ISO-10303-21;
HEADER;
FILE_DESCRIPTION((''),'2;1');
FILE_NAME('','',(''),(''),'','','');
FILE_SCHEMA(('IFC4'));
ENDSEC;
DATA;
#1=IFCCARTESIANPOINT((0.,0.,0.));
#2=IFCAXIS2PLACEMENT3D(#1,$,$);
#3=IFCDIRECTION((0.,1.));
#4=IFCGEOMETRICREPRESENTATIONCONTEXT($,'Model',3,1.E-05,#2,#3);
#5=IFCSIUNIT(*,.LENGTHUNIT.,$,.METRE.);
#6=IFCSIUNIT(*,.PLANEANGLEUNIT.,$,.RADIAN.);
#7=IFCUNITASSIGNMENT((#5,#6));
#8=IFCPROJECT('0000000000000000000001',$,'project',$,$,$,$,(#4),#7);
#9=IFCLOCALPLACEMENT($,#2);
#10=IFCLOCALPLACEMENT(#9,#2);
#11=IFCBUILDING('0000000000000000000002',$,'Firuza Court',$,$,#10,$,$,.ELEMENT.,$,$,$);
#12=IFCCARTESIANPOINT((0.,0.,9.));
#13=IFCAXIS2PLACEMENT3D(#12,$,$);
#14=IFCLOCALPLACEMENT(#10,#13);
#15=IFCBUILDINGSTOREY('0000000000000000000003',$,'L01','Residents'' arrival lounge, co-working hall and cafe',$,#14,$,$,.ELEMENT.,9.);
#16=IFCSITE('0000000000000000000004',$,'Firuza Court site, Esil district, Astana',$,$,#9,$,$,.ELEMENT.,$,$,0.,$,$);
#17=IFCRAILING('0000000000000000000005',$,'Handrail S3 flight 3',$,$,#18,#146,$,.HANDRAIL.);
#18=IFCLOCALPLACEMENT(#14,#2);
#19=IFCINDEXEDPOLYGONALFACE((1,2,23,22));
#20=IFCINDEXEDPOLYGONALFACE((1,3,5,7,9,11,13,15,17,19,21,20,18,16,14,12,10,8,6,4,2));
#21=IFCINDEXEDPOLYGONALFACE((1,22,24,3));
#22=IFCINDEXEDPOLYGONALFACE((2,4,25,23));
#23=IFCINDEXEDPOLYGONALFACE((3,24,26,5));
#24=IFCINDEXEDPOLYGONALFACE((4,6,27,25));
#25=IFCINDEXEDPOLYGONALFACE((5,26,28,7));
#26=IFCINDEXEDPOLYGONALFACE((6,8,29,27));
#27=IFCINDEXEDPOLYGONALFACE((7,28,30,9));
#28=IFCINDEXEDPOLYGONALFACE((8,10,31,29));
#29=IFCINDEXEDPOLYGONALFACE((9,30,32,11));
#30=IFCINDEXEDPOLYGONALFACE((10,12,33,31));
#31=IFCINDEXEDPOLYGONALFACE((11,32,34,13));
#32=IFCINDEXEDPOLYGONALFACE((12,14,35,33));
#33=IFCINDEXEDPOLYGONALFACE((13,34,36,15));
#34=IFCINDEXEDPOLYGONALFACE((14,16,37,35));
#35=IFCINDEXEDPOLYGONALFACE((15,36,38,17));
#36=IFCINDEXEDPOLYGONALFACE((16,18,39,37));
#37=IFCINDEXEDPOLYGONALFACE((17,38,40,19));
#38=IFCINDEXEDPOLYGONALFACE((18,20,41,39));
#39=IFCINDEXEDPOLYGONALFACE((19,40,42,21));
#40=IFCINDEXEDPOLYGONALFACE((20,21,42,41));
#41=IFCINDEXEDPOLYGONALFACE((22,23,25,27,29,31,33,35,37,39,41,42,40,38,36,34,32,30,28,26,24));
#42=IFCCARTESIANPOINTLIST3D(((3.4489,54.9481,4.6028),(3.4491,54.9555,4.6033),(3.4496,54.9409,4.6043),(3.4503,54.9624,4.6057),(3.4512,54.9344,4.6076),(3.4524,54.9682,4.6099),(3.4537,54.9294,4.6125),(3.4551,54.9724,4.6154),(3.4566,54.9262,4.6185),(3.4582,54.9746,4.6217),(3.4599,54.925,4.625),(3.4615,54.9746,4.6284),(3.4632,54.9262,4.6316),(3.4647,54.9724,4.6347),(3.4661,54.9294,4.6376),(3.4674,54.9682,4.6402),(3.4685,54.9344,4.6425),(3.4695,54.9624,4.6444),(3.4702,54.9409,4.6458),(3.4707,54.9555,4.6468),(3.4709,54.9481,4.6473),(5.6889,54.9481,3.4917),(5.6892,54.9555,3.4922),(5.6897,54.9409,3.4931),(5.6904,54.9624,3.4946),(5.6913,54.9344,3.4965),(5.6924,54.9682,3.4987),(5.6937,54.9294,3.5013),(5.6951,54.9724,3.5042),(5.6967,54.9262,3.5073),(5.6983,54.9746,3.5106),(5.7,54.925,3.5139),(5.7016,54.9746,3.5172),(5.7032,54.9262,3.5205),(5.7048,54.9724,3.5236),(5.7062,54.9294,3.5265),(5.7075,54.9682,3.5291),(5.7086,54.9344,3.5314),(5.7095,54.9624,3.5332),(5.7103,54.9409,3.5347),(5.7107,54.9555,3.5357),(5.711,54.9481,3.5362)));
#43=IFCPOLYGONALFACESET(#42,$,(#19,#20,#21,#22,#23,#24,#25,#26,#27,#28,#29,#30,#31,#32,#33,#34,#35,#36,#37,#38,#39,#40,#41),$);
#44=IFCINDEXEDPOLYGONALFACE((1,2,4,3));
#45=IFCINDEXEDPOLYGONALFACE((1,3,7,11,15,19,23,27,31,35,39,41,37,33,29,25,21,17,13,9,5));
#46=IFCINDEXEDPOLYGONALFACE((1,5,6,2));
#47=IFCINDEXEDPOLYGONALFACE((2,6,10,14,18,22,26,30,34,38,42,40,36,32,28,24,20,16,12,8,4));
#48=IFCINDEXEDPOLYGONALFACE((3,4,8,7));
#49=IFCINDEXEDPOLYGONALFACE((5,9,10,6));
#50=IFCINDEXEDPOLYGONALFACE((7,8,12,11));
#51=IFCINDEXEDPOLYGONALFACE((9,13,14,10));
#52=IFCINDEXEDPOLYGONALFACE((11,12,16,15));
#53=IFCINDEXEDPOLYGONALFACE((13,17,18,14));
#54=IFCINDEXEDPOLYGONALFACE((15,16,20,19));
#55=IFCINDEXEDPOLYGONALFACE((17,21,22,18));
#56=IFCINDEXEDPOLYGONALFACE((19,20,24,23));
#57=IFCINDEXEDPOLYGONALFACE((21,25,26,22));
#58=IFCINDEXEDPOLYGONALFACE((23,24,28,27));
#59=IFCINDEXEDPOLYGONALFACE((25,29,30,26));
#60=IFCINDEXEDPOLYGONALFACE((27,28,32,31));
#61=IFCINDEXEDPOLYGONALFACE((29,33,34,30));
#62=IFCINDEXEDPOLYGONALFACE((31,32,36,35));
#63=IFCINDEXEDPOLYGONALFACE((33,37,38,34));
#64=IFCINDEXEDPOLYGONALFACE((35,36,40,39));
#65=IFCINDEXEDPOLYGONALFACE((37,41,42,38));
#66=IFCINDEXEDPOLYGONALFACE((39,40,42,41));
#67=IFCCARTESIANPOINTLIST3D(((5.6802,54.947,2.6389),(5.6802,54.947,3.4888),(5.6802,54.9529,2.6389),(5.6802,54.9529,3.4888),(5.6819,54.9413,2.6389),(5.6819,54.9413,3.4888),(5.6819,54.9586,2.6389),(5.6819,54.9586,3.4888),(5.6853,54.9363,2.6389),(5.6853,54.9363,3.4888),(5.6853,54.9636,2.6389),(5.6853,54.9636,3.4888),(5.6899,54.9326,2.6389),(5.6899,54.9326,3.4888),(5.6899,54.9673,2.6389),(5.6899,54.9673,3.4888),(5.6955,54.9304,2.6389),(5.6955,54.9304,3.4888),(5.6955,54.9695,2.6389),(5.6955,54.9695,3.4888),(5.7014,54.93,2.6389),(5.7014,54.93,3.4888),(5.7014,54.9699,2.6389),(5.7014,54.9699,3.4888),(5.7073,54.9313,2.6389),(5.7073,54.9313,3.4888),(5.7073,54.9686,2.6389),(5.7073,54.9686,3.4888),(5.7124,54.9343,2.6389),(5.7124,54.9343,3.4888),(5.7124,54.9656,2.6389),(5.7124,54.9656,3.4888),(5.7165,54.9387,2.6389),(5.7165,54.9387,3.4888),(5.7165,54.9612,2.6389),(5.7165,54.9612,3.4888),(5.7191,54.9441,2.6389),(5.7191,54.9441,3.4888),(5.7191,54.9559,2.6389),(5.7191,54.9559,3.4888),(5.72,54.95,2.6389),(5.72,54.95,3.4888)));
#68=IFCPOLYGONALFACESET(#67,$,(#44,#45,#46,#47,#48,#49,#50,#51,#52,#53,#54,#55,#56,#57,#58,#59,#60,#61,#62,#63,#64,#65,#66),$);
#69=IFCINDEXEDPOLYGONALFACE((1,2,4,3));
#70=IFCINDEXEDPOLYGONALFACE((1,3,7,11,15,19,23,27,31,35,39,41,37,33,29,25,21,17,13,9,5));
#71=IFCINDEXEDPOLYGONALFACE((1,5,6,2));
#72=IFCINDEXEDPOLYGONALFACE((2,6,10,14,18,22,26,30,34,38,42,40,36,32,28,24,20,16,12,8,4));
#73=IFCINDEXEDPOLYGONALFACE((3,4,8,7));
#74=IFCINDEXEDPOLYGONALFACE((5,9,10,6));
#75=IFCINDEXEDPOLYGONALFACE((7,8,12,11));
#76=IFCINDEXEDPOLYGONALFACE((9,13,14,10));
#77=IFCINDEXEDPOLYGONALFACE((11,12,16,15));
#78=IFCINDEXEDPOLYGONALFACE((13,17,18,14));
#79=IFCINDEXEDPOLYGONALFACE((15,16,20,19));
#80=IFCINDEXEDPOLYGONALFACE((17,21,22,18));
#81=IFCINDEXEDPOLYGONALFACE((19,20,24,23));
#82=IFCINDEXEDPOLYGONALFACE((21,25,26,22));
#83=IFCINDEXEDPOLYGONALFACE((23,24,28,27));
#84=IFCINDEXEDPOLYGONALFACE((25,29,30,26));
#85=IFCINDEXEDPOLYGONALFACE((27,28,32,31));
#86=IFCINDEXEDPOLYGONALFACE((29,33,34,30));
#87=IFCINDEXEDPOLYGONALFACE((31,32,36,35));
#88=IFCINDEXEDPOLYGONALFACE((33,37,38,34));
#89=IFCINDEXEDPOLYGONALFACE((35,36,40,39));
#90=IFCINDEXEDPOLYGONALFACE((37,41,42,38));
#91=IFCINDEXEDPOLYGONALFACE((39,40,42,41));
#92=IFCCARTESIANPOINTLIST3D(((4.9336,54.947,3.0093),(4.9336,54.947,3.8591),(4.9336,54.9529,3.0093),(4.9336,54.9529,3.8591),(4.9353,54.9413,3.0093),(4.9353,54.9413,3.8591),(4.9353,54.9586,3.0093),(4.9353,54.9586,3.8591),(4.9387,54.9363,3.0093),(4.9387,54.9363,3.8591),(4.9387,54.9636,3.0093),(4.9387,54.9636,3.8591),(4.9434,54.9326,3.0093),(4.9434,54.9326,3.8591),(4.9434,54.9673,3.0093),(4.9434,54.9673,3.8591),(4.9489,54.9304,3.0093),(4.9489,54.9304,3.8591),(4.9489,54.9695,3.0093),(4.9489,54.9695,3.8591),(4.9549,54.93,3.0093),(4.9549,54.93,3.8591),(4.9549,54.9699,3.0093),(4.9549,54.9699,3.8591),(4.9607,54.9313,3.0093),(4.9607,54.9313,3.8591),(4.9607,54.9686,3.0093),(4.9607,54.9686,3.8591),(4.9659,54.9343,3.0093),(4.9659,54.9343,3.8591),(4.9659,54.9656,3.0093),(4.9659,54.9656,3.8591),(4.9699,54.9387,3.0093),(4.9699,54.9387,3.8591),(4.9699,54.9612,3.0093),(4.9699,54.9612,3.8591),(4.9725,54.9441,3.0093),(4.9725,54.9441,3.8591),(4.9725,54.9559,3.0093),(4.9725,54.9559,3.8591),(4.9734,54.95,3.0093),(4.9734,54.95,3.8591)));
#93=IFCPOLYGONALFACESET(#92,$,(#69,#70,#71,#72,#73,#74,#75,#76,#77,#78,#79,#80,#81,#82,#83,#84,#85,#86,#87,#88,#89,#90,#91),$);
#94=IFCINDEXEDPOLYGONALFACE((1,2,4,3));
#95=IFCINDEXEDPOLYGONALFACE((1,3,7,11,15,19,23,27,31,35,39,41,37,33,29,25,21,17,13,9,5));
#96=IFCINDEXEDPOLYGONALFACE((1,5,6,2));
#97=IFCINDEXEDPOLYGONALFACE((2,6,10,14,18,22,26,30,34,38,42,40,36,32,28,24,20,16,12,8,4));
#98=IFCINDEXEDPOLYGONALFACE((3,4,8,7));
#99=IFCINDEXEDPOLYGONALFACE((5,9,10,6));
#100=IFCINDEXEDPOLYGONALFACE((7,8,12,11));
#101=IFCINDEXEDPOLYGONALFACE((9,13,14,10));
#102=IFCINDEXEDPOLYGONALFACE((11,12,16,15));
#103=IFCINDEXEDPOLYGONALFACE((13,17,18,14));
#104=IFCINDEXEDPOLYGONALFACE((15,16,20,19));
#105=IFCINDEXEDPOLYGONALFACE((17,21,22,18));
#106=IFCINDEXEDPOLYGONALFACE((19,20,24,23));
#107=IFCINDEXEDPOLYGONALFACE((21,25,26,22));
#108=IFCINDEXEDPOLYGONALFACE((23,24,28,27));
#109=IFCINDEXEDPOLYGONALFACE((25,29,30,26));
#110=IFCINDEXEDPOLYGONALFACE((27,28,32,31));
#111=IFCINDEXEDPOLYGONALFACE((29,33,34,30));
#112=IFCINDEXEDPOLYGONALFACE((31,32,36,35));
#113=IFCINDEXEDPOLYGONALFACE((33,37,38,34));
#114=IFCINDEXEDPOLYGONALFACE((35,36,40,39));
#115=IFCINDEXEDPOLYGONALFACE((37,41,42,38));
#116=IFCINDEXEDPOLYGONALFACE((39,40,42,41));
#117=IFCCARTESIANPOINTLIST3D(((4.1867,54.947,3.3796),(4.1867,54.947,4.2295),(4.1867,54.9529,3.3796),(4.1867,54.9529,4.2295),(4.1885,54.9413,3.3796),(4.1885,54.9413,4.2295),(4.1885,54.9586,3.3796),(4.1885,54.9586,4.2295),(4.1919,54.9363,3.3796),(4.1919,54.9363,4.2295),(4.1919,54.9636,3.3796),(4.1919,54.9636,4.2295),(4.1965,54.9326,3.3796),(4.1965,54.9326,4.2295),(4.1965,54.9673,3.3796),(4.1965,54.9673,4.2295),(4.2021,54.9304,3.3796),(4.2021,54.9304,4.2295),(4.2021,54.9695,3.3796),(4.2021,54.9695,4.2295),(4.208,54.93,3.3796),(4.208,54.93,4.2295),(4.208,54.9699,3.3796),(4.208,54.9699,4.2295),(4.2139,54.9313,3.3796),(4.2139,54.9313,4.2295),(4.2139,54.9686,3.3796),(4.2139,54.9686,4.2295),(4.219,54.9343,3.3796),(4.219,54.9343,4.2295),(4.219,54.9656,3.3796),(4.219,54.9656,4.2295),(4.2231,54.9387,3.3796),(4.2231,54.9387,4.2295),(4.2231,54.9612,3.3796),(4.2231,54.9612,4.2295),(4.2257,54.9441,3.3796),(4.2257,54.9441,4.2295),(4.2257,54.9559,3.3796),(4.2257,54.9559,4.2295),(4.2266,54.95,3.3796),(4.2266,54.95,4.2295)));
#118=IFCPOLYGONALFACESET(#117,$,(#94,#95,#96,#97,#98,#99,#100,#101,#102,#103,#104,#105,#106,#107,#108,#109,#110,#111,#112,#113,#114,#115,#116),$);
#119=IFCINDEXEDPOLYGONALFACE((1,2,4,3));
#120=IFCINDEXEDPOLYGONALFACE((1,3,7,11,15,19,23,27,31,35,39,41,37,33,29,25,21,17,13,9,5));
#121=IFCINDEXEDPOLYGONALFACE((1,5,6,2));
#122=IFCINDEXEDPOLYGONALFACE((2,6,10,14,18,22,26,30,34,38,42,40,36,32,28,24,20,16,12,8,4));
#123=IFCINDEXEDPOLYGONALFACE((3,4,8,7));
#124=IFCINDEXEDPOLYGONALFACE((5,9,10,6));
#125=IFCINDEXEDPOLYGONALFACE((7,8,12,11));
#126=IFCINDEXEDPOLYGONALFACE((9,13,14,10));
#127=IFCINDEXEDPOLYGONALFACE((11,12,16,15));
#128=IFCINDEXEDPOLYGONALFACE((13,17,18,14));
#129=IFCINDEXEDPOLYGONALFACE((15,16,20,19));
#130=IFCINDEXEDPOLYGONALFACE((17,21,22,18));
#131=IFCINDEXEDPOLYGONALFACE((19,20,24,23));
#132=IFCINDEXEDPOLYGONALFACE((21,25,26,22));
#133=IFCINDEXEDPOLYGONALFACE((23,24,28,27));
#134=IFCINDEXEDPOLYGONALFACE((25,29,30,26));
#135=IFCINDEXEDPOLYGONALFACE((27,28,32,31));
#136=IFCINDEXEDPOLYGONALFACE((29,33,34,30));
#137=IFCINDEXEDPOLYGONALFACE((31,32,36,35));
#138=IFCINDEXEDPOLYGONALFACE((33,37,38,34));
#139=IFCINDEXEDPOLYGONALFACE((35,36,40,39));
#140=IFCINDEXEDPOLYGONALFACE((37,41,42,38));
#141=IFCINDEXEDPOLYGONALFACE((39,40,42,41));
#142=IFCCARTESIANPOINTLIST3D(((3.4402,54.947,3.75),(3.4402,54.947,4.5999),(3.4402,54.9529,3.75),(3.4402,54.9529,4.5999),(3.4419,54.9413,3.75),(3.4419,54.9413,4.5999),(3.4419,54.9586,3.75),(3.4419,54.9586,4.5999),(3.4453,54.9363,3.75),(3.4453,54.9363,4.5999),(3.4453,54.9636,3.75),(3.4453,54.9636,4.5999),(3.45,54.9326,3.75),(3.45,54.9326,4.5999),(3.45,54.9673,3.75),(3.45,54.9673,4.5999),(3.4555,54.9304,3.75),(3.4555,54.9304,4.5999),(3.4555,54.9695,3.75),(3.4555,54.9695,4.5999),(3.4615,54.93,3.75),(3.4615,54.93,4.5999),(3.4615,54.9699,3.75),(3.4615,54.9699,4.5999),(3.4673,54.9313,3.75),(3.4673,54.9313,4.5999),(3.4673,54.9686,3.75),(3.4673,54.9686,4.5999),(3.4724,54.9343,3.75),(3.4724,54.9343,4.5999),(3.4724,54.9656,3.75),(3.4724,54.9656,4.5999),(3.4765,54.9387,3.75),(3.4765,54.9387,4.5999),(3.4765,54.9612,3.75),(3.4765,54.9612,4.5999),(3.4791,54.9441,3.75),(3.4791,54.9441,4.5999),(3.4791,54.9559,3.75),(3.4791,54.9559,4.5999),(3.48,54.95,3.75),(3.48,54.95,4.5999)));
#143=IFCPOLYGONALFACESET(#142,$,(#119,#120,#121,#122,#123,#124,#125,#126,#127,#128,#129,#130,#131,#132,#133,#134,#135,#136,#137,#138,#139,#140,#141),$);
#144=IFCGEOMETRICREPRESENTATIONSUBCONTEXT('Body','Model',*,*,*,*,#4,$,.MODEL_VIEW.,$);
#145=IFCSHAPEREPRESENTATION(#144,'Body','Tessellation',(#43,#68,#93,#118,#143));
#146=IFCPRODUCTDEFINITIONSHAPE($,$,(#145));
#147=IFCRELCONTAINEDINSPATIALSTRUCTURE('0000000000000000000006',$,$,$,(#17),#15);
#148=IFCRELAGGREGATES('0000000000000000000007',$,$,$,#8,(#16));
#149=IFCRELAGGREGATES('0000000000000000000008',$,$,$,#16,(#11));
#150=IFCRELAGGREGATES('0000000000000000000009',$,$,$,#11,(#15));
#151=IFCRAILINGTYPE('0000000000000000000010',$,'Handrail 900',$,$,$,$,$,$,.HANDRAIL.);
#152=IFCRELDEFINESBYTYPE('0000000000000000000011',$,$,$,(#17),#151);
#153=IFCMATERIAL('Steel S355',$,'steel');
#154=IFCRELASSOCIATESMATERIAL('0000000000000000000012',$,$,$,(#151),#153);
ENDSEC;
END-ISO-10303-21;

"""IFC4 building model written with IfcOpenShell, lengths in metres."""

from ifc_helpers import new_model, si_unit, direction, frame, origin, origin_2d, place, context, subcontext, project, spatial, circle, extrude, material, type_object, element, save


model = new_model("IFC4")

# Units and contexts
model_context = context("Model", 3, precision=1e-05, world=origin(), true_north=direction((0.0, 1.0)))
body_context = subcontext(model_context, "Body", "Model", "MODEL_VIEW")
ifc_project = project(units=[si_unit("LENGTHUNIT", "METRE"), si_unit("PLANEANGLEUNIT", "RADIAN")], contexts=[model_context])

# Site, building, storey
site_placement = place(None, origin())
site = spatial("IfcSite", under=ifc_project, at=site_placement, Name="Firuza Court site, Esil district, Astana", CompositionType="ELEMENT", RefElevation=0.0)
building_placement = place(site_placement, origin())
building = spatial("IfcBuilding", under=site, at=building_placement, Name="Firuza Court", CompositionType="ELEMENT")
storey_placement = place(building_placement, frame((0.0, 0.0, 9.0)))
storey = spatial("IfcBuildingStorey", under=building, at=storey_placement, Name="L01", Description="Residents' arrival lounge, co-working hall and cafe", CompositionType="ELEMENT", Elevation=9.0)

# Railing
ifc_material_1 = material(Name="Steel S355", Category="steel")
railing_type_1 = type_object("IfcRailingType", Name="Handrail 900", PredefinedType="HANDRAIL", material=ifc_material_1)
railing_1_placement = place(storey_placement, frame((5.7, 54.95, 2.6389)))
element("IfcRailing", 1, at=railing_1_placement, inside=storey, type_object=railing_type_1, Name="Handrail S3 flight 3", PredefinedType="HANDRAIL", context=body_context, shape_type="SweptSolid", body=[
    extrude(circle(Radius=0.0249, at=origin_2d()), frame((0.0, 0.0, 0.875), z_axis=(-0.895848, 0.0, 0.44436), x_axis=(0.0, -1.0, 0.0)), (0.0, 0.0, 1.0), 2.5005),
    extrude(circle(Radius=0.02, at=origin_2d()), origin(), (0.0, 0.0, 1.0), 0.8499),
    extrude(circle(Radius=0.02, at=origin_2d()), frame((-0.7466, 0.0, 0.3704)), (0.0, 0.0, 1.0), 0.8499),
    extrude(circle(Radius=0.02, at=origin_2d()), frame((-1.4934, 0.0, 0.7407)), (0.0, 0.0, 1.0), 0.8499),
    extrude(circle(Radius=0.02, at=origin_2d()), frame((-2.24, 0.0, 1.1111)), (0.0, 0.0, 1.0), 0.8499),
])

save(model, "model.ifc")
